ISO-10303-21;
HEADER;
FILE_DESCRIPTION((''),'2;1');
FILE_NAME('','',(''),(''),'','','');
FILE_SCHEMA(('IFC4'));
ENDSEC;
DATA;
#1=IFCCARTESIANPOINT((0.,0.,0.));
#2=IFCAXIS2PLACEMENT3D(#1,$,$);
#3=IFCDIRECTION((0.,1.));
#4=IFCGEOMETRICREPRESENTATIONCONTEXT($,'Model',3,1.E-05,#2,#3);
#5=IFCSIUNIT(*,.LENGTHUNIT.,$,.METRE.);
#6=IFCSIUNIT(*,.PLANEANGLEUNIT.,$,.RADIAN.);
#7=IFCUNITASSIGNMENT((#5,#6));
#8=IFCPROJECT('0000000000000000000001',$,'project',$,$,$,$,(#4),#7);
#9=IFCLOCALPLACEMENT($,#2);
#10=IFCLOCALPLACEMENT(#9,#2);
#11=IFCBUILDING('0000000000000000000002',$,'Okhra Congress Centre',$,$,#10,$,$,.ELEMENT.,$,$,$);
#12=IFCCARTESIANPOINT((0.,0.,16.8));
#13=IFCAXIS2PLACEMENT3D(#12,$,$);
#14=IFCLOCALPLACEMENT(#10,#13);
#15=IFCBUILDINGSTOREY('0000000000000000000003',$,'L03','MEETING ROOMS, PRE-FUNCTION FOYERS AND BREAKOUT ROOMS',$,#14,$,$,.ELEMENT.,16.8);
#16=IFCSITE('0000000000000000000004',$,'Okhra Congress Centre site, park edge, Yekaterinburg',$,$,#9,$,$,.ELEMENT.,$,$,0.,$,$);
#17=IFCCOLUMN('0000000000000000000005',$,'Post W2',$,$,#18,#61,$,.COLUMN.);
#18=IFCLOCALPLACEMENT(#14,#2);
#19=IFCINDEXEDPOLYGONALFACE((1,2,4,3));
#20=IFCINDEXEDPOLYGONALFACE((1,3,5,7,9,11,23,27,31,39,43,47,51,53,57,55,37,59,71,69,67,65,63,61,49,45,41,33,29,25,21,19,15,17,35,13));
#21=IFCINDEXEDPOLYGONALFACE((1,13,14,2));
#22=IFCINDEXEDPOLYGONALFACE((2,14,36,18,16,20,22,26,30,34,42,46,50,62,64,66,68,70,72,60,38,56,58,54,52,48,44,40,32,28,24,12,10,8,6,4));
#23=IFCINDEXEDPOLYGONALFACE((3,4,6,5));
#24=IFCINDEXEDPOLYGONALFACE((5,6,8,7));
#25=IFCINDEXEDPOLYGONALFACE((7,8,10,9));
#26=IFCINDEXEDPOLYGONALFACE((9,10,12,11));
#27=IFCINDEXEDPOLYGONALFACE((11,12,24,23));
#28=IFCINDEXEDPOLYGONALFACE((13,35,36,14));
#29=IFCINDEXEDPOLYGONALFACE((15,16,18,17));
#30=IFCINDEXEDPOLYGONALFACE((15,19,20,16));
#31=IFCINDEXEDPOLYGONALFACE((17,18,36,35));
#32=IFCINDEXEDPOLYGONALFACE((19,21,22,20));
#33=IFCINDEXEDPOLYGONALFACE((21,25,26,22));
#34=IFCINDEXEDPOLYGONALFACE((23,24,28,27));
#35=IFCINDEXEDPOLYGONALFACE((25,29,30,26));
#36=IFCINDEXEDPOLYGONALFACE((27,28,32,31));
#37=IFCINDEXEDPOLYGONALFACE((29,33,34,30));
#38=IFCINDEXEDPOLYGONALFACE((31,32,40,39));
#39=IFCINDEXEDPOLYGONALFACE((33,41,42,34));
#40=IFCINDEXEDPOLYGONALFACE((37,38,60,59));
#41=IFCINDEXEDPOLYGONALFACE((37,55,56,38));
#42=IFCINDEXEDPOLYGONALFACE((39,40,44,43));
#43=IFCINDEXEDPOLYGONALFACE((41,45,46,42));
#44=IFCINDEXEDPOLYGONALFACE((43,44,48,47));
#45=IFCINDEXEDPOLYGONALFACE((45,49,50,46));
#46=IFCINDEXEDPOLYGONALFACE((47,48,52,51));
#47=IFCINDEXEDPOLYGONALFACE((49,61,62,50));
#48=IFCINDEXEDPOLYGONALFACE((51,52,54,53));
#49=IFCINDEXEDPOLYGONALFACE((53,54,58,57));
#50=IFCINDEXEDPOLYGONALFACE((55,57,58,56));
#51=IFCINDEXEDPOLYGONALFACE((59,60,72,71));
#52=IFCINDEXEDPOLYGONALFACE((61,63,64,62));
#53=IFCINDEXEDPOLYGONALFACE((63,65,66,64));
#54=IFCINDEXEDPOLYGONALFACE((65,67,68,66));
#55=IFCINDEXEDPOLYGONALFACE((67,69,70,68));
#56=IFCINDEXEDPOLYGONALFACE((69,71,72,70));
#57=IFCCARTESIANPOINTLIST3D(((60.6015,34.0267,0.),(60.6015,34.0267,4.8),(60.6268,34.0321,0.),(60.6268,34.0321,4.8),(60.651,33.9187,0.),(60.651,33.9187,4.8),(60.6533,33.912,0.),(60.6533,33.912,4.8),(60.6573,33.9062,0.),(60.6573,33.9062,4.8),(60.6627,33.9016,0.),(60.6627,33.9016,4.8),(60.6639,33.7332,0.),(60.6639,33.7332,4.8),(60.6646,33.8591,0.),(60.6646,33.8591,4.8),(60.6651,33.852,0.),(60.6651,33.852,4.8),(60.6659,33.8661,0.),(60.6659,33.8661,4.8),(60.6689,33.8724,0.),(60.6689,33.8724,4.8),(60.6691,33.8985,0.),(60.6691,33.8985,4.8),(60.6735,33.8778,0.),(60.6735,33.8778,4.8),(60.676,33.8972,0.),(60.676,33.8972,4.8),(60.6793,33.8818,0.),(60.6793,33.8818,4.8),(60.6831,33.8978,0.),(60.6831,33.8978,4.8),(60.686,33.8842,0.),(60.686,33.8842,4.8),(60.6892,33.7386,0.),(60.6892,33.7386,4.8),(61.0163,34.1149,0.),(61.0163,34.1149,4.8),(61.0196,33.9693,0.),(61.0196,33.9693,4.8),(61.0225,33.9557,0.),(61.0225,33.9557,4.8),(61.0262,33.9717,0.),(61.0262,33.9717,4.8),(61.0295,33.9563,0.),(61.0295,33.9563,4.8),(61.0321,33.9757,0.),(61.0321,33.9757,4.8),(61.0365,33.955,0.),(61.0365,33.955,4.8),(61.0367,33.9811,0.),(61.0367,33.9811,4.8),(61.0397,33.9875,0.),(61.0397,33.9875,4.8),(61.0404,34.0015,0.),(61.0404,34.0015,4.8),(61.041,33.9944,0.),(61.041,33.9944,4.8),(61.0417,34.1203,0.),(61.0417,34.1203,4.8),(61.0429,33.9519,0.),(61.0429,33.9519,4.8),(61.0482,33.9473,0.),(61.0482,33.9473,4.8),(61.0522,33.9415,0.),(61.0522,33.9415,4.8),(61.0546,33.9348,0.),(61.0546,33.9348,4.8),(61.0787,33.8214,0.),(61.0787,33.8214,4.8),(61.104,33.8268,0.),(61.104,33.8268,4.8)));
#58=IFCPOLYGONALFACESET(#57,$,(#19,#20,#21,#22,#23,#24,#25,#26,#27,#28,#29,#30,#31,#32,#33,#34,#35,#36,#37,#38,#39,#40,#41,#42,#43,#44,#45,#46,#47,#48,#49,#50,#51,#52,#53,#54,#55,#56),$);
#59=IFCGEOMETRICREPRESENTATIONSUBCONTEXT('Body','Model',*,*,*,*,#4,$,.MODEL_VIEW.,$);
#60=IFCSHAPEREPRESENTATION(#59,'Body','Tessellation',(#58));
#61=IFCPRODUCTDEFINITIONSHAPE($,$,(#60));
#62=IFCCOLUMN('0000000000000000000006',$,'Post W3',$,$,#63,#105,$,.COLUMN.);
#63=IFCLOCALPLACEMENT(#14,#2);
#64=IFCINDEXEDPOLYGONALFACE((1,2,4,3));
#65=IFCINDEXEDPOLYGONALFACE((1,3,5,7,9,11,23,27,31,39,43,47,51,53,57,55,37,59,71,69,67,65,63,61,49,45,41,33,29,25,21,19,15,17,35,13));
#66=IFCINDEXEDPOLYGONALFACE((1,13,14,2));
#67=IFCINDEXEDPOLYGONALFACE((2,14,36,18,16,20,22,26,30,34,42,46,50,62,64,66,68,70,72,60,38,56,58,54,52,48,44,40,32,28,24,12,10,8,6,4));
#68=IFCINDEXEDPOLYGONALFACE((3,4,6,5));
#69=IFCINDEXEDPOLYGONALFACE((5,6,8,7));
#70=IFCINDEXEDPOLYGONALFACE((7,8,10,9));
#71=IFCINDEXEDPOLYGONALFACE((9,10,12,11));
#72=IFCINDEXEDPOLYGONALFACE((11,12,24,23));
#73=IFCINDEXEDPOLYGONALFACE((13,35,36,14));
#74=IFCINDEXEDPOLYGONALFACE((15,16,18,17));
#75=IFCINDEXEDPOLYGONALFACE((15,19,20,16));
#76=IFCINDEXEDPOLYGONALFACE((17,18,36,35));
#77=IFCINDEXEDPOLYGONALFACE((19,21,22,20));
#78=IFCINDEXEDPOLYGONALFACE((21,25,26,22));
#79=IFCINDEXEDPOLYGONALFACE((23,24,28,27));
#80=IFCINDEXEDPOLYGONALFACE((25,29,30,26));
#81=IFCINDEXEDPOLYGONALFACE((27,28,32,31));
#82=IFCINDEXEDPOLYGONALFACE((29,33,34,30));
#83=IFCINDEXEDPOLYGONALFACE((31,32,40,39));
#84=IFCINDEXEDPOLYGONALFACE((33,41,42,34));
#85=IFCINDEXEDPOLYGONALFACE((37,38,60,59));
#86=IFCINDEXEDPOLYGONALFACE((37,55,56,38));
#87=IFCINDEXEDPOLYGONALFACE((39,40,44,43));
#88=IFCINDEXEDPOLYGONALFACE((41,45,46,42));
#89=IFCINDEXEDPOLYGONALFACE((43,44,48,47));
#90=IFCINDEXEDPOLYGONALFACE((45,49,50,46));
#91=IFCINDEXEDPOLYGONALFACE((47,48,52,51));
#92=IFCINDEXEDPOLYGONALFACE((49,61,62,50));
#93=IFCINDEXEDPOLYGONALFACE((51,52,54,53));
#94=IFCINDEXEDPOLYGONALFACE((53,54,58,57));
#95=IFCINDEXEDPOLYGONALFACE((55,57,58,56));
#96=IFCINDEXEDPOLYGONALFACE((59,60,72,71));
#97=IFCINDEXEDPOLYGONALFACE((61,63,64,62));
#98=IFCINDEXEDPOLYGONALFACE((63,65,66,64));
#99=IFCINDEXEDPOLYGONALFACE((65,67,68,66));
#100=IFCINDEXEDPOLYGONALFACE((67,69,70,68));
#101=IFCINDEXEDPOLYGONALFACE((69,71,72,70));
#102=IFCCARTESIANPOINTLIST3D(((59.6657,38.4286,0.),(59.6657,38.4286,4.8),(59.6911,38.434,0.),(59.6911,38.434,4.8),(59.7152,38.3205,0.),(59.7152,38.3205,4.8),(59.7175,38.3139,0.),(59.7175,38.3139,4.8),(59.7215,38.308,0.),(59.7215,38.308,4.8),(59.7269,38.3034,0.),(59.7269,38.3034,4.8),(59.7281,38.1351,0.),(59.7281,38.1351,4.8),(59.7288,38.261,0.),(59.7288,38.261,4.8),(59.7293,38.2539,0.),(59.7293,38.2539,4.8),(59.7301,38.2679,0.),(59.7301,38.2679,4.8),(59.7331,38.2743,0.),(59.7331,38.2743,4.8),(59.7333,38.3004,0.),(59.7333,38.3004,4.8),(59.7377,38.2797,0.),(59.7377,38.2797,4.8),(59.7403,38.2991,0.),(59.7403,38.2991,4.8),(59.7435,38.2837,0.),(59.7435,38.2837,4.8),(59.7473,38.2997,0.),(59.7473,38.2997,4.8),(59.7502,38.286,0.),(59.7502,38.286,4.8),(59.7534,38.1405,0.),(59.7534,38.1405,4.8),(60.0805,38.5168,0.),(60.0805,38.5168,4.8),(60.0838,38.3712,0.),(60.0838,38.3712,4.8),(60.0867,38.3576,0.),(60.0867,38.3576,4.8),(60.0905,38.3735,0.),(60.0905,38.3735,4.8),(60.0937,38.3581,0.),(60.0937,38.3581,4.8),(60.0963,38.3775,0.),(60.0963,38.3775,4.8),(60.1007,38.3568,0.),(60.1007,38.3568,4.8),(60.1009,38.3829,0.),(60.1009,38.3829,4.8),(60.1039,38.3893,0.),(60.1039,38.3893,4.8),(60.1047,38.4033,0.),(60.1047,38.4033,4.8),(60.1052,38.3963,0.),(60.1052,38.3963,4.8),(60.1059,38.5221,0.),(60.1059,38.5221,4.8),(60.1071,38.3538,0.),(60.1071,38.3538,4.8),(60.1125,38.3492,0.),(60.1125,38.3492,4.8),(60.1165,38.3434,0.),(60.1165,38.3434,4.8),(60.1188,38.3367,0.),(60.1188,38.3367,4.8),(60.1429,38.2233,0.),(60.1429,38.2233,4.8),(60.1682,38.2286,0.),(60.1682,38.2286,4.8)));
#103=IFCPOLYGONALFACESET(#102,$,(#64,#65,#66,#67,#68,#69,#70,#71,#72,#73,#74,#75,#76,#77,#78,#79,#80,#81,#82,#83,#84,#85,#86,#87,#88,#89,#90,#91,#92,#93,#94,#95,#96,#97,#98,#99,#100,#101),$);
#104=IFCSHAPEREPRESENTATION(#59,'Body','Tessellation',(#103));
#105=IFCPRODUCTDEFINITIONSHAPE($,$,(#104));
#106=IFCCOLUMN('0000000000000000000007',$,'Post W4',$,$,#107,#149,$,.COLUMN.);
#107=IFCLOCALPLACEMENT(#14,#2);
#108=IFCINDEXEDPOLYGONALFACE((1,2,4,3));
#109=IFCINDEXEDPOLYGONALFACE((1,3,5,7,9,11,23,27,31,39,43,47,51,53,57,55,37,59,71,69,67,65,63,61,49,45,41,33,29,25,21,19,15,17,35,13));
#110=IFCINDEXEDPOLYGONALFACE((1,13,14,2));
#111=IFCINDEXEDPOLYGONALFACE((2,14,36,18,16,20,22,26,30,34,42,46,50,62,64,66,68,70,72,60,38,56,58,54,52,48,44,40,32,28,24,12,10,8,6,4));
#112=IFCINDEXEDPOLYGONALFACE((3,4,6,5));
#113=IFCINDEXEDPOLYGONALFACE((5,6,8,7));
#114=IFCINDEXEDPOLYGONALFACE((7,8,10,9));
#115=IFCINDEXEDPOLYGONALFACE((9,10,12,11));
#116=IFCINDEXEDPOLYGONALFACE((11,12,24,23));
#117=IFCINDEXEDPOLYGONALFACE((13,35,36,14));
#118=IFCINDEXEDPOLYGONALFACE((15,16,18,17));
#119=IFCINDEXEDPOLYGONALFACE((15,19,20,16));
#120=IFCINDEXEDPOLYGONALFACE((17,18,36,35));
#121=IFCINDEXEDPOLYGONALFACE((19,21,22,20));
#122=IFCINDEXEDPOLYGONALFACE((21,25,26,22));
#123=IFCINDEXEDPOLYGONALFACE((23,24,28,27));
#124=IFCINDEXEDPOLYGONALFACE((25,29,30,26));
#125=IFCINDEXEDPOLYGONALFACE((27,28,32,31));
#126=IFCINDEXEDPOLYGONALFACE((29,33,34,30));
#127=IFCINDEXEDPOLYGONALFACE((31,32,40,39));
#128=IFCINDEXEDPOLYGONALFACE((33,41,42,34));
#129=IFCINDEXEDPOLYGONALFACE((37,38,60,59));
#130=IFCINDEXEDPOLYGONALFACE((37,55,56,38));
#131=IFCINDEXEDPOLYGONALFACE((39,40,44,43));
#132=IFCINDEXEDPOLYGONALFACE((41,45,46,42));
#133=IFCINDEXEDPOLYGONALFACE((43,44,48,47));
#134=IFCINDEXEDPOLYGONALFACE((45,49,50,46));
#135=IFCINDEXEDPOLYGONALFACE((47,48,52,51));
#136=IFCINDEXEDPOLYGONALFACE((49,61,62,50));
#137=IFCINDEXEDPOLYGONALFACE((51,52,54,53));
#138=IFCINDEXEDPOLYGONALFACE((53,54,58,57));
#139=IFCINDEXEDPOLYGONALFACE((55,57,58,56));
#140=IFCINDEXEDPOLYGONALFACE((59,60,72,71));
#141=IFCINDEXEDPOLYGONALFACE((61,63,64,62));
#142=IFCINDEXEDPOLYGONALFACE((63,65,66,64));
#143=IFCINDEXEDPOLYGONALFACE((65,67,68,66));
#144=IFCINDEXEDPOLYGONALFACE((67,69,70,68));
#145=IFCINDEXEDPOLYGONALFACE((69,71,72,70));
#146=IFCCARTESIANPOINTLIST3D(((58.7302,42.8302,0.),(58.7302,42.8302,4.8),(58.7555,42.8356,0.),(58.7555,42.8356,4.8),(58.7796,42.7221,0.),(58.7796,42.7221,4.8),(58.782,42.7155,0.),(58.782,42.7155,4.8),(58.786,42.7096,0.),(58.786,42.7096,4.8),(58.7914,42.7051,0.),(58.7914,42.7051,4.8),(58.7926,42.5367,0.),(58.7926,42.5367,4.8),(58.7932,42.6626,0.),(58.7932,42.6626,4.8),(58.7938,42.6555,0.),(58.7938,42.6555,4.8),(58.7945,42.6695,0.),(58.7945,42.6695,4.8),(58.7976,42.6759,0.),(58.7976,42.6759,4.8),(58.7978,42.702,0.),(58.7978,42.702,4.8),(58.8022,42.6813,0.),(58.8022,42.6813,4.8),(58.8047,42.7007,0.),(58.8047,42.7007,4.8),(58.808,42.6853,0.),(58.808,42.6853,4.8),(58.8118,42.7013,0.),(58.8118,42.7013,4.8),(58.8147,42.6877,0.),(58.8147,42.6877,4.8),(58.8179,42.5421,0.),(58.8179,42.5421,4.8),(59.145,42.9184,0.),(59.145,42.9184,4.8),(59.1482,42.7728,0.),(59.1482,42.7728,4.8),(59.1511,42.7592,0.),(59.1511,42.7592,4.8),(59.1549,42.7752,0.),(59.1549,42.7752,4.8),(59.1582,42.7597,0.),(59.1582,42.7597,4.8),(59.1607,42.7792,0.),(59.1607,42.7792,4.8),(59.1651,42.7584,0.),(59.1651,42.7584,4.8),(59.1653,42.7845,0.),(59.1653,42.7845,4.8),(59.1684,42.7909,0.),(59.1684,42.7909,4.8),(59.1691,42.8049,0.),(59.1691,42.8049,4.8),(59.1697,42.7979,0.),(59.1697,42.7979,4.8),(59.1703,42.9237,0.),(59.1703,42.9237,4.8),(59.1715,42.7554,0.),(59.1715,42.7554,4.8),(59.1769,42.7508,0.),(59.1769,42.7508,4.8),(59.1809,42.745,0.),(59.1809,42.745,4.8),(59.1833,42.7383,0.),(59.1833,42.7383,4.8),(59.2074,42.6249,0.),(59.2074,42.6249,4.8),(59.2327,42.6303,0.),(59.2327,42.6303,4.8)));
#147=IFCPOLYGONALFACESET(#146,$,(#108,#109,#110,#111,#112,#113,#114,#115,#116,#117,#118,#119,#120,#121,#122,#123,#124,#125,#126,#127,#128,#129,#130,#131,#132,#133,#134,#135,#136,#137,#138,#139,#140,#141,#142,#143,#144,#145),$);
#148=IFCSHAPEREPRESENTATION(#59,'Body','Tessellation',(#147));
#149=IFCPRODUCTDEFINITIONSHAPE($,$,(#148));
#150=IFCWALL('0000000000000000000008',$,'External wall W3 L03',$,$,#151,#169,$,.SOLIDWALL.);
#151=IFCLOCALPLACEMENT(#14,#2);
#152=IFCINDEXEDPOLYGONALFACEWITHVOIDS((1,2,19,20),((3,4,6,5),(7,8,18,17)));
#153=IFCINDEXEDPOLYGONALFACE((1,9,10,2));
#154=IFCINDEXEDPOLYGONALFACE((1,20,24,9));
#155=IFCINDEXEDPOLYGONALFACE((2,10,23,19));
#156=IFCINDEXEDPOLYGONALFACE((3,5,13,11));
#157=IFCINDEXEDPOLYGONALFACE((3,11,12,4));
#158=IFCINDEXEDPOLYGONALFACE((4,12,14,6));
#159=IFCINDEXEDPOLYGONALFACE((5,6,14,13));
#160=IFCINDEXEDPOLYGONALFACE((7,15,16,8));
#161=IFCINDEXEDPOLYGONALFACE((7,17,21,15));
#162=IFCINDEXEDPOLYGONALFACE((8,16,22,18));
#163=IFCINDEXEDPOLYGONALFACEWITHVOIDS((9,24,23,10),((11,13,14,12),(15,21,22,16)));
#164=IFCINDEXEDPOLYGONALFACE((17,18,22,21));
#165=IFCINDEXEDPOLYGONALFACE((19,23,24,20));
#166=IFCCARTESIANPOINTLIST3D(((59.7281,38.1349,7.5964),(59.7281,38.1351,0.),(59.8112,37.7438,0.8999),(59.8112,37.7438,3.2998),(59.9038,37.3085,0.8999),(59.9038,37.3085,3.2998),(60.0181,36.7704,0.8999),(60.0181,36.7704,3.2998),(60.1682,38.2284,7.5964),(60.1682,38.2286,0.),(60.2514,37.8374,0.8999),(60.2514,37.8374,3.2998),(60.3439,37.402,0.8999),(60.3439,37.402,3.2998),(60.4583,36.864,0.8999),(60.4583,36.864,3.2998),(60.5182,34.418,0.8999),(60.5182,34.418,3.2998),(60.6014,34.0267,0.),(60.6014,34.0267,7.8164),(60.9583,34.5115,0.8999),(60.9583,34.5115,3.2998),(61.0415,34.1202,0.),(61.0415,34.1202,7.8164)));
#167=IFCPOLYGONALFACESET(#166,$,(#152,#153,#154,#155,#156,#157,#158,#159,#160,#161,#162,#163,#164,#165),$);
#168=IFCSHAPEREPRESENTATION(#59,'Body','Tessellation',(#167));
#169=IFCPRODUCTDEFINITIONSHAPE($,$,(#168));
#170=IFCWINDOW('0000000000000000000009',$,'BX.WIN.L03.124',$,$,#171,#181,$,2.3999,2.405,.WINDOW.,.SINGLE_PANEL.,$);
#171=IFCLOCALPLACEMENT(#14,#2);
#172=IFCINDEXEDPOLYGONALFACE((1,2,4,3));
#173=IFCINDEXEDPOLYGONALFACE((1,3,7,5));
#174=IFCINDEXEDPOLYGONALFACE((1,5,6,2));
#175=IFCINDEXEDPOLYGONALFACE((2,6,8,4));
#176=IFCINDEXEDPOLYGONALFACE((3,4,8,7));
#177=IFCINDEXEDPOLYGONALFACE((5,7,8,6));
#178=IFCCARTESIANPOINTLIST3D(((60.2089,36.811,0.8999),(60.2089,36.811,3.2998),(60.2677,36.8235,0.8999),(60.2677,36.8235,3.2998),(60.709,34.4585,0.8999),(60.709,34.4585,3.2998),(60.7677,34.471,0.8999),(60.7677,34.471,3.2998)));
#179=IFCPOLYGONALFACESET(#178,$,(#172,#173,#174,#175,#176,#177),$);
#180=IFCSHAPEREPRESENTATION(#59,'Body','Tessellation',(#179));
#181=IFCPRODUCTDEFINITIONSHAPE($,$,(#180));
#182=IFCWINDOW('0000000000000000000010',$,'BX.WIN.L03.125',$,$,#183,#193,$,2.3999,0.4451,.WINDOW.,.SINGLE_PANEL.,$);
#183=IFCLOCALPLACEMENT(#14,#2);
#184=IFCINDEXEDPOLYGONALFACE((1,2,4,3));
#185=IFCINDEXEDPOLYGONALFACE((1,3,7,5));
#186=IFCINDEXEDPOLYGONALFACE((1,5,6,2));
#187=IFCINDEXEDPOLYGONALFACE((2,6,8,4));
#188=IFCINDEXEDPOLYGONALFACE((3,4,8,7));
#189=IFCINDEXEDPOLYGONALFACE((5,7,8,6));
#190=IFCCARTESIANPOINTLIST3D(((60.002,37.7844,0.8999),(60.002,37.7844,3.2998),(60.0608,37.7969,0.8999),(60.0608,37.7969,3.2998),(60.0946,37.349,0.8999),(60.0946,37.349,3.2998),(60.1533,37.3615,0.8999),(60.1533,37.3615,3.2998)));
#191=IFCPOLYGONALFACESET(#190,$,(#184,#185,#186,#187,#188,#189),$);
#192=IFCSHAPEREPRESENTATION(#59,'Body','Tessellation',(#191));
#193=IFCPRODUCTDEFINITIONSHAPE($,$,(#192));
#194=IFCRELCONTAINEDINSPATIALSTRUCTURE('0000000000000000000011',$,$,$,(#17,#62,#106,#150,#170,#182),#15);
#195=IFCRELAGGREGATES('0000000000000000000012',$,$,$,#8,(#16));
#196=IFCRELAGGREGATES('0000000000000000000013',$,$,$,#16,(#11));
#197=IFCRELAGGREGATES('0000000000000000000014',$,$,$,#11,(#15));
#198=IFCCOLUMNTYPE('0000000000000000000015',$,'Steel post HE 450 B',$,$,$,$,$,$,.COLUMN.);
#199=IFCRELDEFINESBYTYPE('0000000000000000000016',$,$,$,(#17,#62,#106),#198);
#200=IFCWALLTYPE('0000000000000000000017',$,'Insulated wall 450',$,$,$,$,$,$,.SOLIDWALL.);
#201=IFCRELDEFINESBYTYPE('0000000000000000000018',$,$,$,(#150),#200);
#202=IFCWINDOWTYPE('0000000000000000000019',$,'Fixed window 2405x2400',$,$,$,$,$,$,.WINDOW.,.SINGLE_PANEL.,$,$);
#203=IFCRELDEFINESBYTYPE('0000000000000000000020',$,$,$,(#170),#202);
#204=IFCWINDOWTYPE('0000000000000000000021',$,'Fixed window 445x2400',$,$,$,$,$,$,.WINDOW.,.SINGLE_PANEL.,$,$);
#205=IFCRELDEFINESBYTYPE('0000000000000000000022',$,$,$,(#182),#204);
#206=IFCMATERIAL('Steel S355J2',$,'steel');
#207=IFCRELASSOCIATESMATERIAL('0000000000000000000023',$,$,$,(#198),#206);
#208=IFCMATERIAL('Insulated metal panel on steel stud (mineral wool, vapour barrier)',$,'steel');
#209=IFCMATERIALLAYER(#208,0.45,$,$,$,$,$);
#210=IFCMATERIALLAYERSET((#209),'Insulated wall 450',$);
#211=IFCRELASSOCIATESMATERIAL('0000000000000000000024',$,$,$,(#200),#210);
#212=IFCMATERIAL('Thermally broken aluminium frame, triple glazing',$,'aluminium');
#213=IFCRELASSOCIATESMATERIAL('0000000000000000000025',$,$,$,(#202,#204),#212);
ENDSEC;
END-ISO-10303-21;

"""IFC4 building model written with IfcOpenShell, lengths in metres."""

from ifc_helpers import new_model, si_unit, direction, frame, frame_2d, origin, origin_2d, place, context, subcontext, project, spatial, polyline, rectangle, i_section, outline, extrude, material, layer, layer_set, material_profile, profile_set, type_object, element, fill, save


model = new_model("IFC4")

# Units and contexts
model_context = context("Model", 3, precision=1e-05, world=origin(), true_north=direction((0.0, 1.0)))
body_context = subcontext(model_context, "Body", "Model", "MODEL_VIEW")
ifc_project = project(units=[si_unit("LENGTHUNIT", "METRE"), si_unit("PLANEANGLEUNIT", "RADIAN")], contexts=[model_context])

# Site, building, storey
site_placement = place(None, origin())
site = spatial("IfcSite", under=ifc_project, at=site_placement, Name="Okhra Congress Centre site, park edge, Yekaterinburg", CompositionType="ELEMENT", RefElevation=0.0)
building_placement = place(site_placement, origin())
building = spatial("IfcBuilding", under=site, at=building_placement, Name="Okhra Congress Centre", CompositionType="ELEMENT")
storey_placement = place(building_placement, frame((0.0, 0.0, 16.8)))
storey = spatial("IfcBuildingStorey", under=building, at=storey_placement, Name="L03", Description="MEETING ROOMS, PRE-FUNCTION FOYERS AND BREAKOUT ROOMS", CompositionType="ELEMENT", Elevation=16.8)

# Columns
ifc_material_1 = material(Name="Steel S355J2", Category="steel")
ifc_material_profile_1 = material_profile(ifc_material_1, i_section(OverallWidth=0.3, OverallDepth=0.45, WebThickness=0.0139, FlangeThickness=0.0259, FilletRadius=0.0271, at=origin_2d()), Name="HE 450 B")
ifc_profile_set_1 = profile_set([ifc_material_profile_1], Name="Steel S355J2")
column_type = type_object("IfcColumnType", Name="Steel post HE 450 B", PredefinedType="COLUMN", material=ifc_profile_set_1)
for number, where, z_axis, x_axis, name in (
    (1, (60.8528, 33.9268, 0.0), (0.0, 0.0, 1.0), (-0.207912, 0.978148, 0.0), "Post W2"),
    (2, (59.917, 38.3286, 0.0), (0.0, 0.0, 1.0), (-0.207912, 0.978148, 0.0), "Post W3"),
    (3, (58.9814, 42.7302, 0.0), (0.0, 0.0, 1.0), (-0.207912, 0.978148, 0.0), "Post W4"),
):
    element("IfcColumn", number, at=place(storey_placement, frame(where, z_axis=z_axis, x_axis=x_axis)), inside=storey, type_object=column_type, Name=name, PredefinedType="COLUMN", context=body_context, shape_type="SweptSolid", body=[
        extrude(i_section(OverallWidth=0.3, OverallDepth=0.45, WebThickness=0.0139, FlangeThickness=0.0259, FilletRadius=0.0271, at=origin_2d()), origin(), (0.0, 0.0, 1.0), 4.8),
    ])

# Wall, openings, windows
ifc_material_2 = material(Name="Insulated metal panel on steel stud (mineral wool, vapour barrier)", Category="steel")
ifc_layer_1 = layer(ifc_material_2, 0.45)
ifc_layer_set_1 = layer_set([ifc_layer_1], Name="Insulated wall 450")
wall_type_1 = type_object("IfcWallType", Name="Insulated wall 450", PredefinedType="SOLIDWALL", material=ifc_layer_set_1)
wall_1_placement = place(storey_placement, frame((60.8215, 34.0735, 0.0), z_axis=(0.0, 0.0, 1.0), x_axis=(-0.207917, 0.978146, 0.0)))
wall_1 = element("IfcWall", 4, at=wall_1_placement, inside=storey, type_object=wall_type_1, Name="External wall W3 L03", PredefinedType="SOLIDWALL", context=body_context, shape_type="SweptSolid", body=[
    extrude(outline(polyline([(0.0, 0.0), (4.2002, 0.0), (4.2, 7.5964), (0.0, 7.8164), (0.0, 0.0)])), frame((0.0, 0.2251, 0.0), z_axis=(0.0, -1.0, 0.0), x_axis=(1.0, 0.0, 0.0)), (0.0, 0.0, 1.0), 0.45),
])
opening_1_placement = place(wall_1_placement, frame((0.3999, 0.0, 0.8999)))
opening_1 = element("IfcOpeningElement", 5, at=opening_1_placement, cuts=wall_1, PredefinedType="OPENING", context=body_context, shape_type="SweptSolid", body=[
    extrude(rectangle(XDim=2.405, YDim=2.3999, at=frame_2d((1.2026, 1.2))), frame((0.0, 0.2349, 0.0), z_axis=(0.0, -1.0, 0.0), x_axis=(1.0, 0.0, 0.0)), (0.0, 0.0, 1.0), 0.47),
])
opening_2_placement = place(wall_1_placement, frame((3.355, 0.0, 0.8999)))
opening_2 = element("IfcOpeningElement", 6, at=opening_2_placement, cuts=wall_1, PredefinedType="OPENING", context=body_context, shape_type="SweptSolid", body=[
    extrude(rectangle(XDim=0.4451, YDim=2.3999, at=frame_2d((0.2227, 1.2))), frame((0.0, 0.2349, 0.0), z_axis=(0.0, -1.0, 0.0), x_axis=(1.0, 0.0, 0.0)), (0.0, 0.0, 1.0), 0.47),
])
ifc_material_3 = material(Name="Thermally broken aluminium frame, triple glazing", Category="aluminium")
window_type_1 = type_object("IfcWindowType", Name="Fixed window 2405x2400", PartitioningType="SINGLE_PANEL", PredefinedType="WINDOW", material=ifc_material_3)
window_1_placement = place(opening_1_placement, origin())
window_1 = element("IfcWindow", 7, at=window_1_placement, inside=storey, type_object=window_type_1, Name="BX.WIN.L03.124", OverallHeight=2.3999, OverallWidth=2.405, PartitioningType="SINGLE_PANEL", PredefinedType="WINDOW", context=body_context, shape_type="SweptSolid", body=[
    extrude(rectangle(XDim=2.405, YDim=2.3999, at=frame_2d((1.2026, 1.2))), frame((0.0, 0.03, 0.0), z_axis=(0.0, -1.0, 0.0), x_axis=(1.0, 0.0, 0.0)), (0.0, 0.0, 1.0), 0.0601),
])
fill(opening_1, window_1)
window_type_2 = type_object("IfcWindowType", Name="Fixed window 445x2400", PartitioningType="SINGLE_PANEL", PredefinedType="WINDOW", material=ifc_material_3)
window_2_placement = place(opening_2_placement, origin())
window_2 = element("IfcWindow", 8, at=window_2_placement, inside=storey, type_object=window_type_2, Name="BX.WIN.L03.125", OverallHeight=2.3999, OverallWidth=0.4451, PartitioningType="SINGLE_PANEL", PredefinedType="WINDOW", context=body_context, shape_type="SweptSolid", body=[
    extrude(rectangle(XDim=0.4451, YDim=2.3999, at=frame_2d((0.2227, 1.2))), frame((0.0, 0.03, 0.0), z_axis=(0.0, -1.0, 0.0), x_axis=(1.0, 0.0, 0.0)), (0.0, 0.0, 1.0), 0.0601),
])
fill(opening_2, window_2)

save(model, "model.ifc")
